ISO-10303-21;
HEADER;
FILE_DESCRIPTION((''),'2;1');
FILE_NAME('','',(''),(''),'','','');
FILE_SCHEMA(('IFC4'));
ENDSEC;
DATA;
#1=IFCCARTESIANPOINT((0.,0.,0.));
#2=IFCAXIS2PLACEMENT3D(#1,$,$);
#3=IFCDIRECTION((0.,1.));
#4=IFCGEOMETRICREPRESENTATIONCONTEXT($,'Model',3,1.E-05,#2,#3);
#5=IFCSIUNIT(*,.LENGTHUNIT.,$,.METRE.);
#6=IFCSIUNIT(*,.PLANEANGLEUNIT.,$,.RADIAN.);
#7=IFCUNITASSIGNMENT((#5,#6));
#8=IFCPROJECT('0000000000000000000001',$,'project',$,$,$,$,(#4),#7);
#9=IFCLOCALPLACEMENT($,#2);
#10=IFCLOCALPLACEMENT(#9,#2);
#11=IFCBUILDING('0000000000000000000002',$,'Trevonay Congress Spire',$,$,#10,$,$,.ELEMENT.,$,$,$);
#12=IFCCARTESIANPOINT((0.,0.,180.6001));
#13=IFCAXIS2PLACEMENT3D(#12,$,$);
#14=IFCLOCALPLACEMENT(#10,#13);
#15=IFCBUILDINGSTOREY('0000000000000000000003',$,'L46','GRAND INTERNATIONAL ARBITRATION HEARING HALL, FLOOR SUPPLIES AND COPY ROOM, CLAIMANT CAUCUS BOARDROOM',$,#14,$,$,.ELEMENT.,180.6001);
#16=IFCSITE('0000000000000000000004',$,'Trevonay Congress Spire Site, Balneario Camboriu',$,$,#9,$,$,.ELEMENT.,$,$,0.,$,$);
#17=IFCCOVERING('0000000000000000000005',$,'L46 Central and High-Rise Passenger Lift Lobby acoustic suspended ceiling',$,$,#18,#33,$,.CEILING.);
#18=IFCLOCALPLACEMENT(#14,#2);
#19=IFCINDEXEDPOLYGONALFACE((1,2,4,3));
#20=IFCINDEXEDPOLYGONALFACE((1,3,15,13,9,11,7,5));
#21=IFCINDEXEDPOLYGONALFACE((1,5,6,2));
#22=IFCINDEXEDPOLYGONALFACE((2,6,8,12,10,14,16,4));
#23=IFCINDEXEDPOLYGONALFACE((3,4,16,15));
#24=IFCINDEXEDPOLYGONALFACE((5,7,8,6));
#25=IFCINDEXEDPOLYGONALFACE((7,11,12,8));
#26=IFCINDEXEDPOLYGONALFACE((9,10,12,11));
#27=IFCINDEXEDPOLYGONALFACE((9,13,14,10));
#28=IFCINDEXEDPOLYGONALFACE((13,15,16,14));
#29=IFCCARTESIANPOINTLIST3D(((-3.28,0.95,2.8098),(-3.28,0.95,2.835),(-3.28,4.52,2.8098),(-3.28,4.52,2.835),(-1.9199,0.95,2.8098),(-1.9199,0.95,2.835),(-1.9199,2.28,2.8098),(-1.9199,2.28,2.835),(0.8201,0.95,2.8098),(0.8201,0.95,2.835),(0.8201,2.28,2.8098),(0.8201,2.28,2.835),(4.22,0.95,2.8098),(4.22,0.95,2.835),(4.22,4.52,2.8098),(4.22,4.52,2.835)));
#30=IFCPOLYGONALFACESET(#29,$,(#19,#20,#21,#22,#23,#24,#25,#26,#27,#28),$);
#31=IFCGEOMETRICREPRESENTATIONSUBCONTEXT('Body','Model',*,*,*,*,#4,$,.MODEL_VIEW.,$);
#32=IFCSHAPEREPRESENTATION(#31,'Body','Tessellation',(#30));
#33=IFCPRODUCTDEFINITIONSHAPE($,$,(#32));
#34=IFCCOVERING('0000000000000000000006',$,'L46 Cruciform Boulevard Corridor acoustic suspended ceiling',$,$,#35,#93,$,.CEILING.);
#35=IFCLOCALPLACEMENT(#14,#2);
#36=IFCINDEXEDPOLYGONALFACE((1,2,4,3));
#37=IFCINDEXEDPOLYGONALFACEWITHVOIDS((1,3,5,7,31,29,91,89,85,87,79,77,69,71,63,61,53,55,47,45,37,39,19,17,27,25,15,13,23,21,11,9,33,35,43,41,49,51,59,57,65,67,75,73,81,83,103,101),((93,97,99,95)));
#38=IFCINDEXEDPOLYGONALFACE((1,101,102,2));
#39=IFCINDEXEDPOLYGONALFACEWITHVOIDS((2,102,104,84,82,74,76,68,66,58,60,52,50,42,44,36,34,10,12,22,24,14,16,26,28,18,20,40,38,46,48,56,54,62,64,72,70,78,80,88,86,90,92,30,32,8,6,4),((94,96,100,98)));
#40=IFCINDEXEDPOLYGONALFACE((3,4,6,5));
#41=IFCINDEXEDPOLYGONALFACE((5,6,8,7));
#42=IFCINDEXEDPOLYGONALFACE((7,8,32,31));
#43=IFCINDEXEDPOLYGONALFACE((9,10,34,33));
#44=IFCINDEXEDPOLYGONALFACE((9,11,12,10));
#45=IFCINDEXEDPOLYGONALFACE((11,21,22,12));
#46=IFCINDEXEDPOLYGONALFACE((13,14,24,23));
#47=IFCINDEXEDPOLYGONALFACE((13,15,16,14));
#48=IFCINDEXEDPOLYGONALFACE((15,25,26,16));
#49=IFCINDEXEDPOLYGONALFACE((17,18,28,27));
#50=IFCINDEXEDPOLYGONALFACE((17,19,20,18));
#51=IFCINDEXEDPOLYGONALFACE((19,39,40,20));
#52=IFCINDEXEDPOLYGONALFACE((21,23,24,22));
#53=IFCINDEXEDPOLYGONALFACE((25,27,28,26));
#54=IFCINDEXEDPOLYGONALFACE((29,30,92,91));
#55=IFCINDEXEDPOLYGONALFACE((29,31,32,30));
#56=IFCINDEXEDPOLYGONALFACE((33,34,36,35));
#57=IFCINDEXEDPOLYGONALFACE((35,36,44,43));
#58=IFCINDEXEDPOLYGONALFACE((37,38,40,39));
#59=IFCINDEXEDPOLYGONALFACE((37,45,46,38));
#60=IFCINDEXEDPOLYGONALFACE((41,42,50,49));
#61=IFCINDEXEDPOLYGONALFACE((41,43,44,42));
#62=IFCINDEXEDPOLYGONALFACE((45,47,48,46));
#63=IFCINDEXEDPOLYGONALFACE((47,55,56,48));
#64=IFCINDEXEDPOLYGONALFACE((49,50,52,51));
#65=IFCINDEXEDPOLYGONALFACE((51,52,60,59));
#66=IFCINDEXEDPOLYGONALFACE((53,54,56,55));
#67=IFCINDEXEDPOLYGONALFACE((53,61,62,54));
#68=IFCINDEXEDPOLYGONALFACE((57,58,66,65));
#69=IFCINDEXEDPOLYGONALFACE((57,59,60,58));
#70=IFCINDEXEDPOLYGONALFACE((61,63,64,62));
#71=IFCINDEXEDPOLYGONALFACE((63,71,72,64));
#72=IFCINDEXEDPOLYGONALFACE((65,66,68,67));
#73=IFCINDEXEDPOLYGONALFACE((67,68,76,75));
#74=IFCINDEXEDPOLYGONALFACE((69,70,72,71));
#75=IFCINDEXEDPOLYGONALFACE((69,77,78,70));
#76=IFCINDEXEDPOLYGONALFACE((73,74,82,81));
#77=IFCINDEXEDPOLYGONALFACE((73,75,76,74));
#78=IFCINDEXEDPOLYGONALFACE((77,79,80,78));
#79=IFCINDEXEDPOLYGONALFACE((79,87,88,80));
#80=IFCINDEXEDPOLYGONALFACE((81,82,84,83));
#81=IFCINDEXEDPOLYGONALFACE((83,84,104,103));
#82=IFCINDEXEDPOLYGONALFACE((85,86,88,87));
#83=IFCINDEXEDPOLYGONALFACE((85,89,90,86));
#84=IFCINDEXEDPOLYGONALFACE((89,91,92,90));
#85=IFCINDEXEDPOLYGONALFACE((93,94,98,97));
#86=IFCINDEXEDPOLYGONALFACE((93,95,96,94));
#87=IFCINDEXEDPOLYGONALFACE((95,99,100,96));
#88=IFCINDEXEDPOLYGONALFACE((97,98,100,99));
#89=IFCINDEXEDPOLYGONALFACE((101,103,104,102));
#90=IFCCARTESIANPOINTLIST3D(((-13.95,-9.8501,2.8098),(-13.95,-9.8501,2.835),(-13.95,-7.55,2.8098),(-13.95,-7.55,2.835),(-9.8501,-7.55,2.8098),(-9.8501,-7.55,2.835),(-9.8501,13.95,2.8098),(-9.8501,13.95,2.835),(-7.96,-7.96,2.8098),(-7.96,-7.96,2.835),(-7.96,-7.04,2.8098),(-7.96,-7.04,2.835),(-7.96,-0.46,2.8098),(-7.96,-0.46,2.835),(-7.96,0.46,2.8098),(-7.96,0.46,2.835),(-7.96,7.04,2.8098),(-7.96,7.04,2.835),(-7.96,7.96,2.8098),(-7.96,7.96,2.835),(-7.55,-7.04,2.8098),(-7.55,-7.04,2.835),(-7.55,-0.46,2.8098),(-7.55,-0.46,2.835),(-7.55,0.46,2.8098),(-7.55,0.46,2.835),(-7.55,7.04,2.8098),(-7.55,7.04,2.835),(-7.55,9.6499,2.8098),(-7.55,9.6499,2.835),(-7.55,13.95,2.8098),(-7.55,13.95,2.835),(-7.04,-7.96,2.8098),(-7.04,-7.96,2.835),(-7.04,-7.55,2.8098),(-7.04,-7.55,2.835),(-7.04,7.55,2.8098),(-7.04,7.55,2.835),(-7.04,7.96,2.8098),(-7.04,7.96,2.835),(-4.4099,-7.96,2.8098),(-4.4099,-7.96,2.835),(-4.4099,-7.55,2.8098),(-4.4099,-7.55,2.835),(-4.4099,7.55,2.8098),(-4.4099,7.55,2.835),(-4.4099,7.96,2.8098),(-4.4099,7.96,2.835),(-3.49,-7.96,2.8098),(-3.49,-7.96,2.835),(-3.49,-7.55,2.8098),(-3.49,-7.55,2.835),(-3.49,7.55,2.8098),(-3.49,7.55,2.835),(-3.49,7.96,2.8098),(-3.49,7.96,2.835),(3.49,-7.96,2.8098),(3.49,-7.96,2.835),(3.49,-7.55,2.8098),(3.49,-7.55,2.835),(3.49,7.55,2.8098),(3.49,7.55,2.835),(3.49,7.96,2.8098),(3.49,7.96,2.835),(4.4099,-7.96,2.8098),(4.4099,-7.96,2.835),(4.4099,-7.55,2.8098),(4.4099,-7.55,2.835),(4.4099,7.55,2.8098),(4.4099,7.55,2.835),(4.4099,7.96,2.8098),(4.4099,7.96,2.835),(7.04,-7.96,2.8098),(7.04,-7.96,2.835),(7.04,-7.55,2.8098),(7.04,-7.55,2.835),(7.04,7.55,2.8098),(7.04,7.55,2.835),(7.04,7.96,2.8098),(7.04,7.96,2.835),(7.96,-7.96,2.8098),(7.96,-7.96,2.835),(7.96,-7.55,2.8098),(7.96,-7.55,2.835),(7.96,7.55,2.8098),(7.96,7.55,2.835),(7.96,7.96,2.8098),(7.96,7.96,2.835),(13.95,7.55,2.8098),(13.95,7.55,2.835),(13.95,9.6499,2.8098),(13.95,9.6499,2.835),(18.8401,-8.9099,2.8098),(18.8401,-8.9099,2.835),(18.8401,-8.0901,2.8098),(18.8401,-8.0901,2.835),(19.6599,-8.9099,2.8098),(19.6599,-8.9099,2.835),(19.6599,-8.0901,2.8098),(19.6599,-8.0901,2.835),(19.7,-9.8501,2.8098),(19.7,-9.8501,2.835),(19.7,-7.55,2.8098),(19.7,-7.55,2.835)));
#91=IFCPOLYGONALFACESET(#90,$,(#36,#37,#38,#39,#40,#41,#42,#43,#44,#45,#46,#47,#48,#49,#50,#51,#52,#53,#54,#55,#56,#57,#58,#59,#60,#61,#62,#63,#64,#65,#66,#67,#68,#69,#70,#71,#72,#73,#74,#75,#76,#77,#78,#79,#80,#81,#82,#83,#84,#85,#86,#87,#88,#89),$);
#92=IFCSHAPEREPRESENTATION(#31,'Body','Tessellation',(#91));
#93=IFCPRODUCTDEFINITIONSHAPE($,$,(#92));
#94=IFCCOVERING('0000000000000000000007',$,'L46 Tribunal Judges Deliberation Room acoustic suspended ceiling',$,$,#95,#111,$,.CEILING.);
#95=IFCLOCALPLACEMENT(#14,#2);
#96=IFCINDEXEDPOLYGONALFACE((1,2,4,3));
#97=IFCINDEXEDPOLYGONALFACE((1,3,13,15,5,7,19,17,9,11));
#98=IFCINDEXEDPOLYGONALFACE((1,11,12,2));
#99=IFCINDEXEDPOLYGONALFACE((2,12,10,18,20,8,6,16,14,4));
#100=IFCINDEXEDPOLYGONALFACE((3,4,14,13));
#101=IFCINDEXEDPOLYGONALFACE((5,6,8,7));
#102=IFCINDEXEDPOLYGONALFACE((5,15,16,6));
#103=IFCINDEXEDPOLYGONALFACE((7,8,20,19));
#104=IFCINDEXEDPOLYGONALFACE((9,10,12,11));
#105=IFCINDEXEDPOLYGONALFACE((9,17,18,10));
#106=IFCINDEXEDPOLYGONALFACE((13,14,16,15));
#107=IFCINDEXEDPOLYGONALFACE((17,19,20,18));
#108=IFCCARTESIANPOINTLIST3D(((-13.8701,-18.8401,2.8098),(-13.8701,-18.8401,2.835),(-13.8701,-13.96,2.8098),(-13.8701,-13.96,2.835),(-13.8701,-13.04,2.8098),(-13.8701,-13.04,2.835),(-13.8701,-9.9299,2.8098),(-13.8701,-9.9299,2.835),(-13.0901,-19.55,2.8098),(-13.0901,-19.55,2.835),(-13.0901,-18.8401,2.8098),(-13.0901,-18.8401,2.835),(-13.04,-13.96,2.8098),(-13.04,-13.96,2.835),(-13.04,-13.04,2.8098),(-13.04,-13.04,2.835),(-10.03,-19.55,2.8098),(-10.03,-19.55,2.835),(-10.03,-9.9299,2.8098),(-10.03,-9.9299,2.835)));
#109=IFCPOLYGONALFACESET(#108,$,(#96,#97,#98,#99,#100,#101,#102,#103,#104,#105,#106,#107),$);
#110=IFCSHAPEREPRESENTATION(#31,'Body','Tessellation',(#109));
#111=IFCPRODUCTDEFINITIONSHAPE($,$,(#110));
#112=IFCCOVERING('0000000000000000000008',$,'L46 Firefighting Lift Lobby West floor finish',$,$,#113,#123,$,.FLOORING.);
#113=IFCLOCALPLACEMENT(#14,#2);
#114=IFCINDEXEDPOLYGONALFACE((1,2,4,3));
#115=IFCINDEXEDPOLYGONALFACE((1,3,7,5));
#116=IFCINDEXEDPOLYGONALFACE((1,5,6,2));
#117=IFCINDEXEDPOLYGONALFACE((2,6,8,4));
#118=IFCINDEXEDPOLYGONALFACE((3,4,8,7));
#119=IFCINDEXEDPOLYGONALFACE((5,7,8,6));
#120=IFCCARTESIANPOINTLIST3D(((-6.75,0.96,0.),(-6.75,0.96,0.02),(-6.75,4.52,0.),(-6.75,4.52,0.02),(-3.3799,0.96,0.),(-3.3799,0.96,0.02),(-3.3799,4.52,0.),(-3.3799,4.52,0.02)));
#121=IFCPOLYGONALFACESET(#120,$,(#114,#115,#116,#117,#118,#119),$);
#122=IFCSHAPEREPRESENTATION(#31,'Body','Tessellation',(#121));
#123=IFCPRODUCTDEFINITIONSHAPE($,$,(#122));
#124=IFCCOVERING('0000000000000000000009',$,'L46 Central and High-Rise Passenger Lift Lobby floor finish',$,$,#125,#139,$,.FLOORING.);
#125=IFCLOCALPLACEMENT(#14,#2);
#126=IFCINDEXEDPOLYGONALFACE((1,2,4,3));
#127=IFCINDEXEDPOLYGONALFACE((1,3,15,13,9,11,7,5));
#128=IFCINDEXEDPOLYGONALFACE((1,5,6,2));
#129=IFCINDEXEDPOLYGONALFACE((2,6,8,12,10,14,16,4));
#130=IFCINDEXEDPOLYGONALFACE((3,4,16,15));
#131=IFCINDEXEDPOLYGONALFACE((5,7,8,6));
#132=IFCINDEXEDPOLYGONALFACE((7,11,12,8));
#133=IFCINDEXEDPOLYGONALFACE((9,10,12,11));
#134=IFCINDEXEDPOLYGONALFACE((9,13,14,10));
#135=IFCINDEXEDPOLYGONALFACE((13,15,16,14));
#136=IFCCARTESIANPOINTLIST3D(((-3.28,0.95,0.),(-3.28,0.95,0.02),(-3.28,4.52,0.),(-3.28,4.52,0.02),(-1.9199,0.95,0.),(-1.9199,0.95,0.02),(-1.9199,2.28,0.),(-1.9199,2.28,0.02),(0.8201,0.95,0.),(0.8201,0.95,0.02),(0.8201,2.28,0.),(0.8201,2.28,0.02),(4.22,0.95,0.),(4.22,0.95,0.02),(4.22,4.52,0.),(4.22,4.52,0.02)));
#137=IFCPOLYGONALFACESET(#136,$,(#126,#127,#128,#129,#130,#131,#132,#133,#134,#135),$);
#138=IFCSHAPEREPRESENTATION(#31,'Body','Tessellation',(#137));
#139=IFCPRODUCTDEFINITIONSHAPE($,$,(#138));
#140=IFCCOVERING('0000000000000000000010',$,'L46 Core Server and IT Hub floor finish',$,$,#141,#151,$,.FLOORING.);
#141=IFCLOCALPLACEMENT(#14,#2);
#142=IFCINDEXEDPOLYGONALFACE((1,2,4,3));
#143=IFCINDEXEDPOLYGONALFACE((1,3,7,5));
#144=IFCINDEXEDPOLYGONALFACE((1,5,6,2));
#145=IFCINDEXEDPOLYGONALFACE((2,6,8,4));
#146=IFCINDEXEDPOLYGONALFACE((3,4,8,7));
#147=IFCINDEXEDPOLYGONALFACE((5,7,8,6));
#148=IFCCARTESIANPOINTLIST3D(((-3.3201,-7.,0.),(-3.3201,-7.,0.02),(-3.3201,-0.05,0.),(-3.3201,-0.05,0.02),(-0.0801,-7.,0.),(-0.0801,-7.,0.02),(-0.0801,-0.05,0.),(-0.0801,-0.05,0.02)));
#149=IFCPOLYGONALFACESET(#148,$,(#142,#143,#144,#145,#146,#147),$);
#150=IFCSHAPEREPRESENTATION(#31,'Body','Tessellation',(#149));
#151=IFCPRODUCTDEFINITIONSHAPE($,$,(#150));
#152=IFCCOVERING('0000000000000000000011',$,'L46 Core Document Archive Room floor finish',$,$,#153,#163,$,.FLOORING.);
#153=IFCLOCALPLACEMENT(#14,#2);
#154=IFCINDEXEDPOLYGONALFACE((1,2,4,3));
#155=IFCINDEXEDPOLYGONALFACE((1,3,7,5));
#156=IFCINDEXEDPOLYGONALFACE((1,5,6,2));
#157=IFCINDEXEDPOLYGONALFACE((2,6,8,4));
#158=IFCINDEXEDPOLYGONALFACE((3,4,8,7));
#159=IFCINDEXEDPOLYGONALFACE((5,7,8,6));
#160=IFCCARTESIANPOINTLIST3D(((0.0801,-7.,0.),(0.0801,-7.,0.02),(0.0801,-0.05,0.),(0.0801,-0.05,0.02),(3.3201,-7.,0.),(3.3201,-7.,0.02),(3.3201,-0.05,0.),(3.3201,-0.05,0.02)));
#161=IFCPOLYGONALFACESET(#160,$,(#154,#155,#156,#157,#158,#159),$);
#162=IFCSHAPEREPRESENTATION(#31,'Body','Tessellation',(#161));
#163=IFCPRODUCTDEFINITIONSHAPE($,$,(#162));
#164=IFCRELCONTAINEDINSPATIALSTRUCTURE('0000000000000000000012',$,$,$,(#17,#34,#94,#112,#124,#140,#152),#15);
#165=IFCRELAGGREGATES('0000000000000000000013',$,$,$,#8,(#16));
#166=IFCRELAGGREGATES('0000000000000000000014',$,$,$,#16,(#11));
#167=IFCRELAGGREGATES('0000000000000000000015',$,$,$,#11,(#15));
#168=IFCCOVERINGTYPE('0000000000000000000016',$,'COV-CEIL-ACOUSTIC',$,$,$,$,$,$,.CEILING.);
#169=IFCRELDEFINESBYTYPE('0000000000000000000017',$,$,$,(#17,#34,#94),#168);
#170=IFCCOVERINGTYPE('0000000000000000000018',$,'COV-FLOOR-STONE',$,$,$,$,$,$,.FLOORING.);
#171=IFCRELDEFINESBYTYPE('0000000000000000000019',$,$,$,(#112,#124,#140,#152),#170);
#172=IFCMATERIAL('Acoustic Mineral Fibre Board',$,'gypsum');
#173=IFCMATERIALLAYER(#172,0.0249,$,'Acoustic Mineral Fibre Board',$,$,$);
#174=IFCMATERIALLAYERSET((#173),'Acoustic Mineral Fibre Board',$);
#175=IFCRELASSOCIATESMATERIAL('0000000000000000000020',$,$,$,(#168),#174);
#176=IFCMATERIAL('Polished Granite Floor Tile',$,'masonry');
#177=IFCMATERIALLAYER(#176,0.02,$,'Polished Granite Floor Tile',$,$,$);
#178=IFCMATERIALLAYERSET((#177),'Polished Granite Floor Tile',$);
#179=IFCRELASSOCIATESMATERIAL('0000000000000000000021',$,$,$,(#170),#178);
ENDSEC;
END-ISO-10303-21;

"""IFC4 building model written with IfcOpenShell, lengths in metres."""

from ifc_helpers import new_model, si_unit, direction, frame, origin, place, context, subcontext, project, spatial, polyline, outline, extrude, material, layer, layer_set, type_object, element, save


model = new_model("IFC4")

# Units and contexts
model_context = context("Model", 3, precision=1e-05, world=origin(), true_north=direction((0.0, 1.0)))
body_context = subcontext(model_context, "Body", "Model", "MODEL_VIEW")
ifc_project = project(units=[si_unit("LENGTHUNIT", "METRE"), si_unit("PLANEANGLEUNIT", "RADIAN")], contexts=[model_context])

# Site, building, storey
site_placement = place(None, origin())
site = spatial("IfcSite", under=ifc_project, at=site_placement, Name="Trevonay Congress Spire Site, Balneario Camboriu", CompositionType="ELEMENT", RefElevation=0.0)
building_placement = place(site_placement, origin())
building = spatial("IfcBuilding", under=site, at=building_placement, Name="Trevonay Congress Spire", CompositionType="ELEMENT")
storey_placement = place(building_placement, frame((0.0, 0.0, 180.6001)))
storey = spatial("IfcBuildingStorey", under=building, at=storey_placement, Name="L46", Description="GRAND INTERNATIONAL ARBITRATION HEARING HALL, FLOOR SUPPLIES AND COPY ROOM, CLAIMANT CAUCUS BOARDROOM", CompositionType="ELEMENT", Elevation=180.6001)

# Coverings
ifc_material_1 = material(Name="Acoustic Mineral Fibre Board", Category="gypsum")
ifc_layer_1 = layer(ifc_material_1, 0.0249, Name="Acoustic Mineral Fibre Board")
ifc_layer_set_1 = layer_set([ifc_layer_1], Name="Acoustic Mineral Fibre Board")
covering_type_1 = type_object("IfcCoveringType", Name="COV-CEIL-ACOUSTIC", PredefinedType="CEILING", material=ifc_layer_set_1)
covering_1_placement = place(storey_placement, frame((0.0, 0.0, 2.8098)))
element("IfcCovering", 1, at=covering_1_placement, inside=storey, type_object=covering_type_1, Name="L46 Central and High-Rise Passenger Lift Lobby acoustic suspended ceiling", PredefinedType="CEILING", context=body_context, shape_type="SweptSolid", body=[
    extrude(outline(polyline([(-3.28, 0.95), (-1.9199, 0.95), (-1.9199, 2.28), (0.8201, 2.28), (0.8201, 0.95), (4.22, 0.95), (4.22, 4.52), (-3.28, 4.52), (-3.28, 0.95)])), origin(), (0.0, 0.0, 1.0), 0.0251),
])
covering_2_placement = place(storey_placement, frame((0.0, 0.0, 2.8098)))
element("IfcCovering", 2, at=covering_2_placement, inside=storey, type_object=covering_type_1, Name="L46 Cruciform Boulevard Corridor acoustic suspended ceiling", PredefinedType="CEILING", context=body_context, shape_type="SweptSolid", body=[
    extrude(outline(polyline([(19.7, -7.55), (19.7, -9.8501), (-13.95, -9.8501), (-13.95, -7.55), (-9.8501, -7.55), (-9.8501, 13.95), (-7.55, 13.95), (-7.55, 9.6499), (13.95, 9.6499), (13.95, 7.55), (7.96, 7.55), (7.96, 7.96), (7.04, 7.96), (7.04, 7.55), (4.4099, 7.55), (4.4099, 7.96), (3.49, 7.96), (3.49, 7.55), (-3.49, 7.55), (-3.49, 7.96), (-4.4099, 7.96), (-4.4099, 7.55), (-7.04, 7.55), (-7.04, 7.96), (-7.96, 7.96), (-7.96, 7.04), (-7.55, 7.04), (-7.55, 0.46), (-7.96, 0.46), (-7.96, -0.46), (-7.55, -0.46), (-7.55, -7.04), (-7.96, -7.04), (-7.96, -7.96), (-7.04, -7.96), (-7.04, -7.55), (-4.4099, -7.55), (-4.4099, -7.96), (-3.49, -7.96), (-3.49, -7.55), (3.49, -7.55), (3.49, -7.96), (4.4099, -7.96), (4.4099, -7.55), (7.04, -7.55), (7.04, -7.96), (7.96, -7.96), (7.96, -7.55), (19.7, -7.55)]), holes=[polyline([(19.6599, -8.0901), (18.8401, -8.0901), (18.8401, -8.9099), (19.6599, -8.9099), (19.6599, -8.0901)])]), origin(), (0.0, 0.0, 1.0), 0.0251),
])
covering_3_placement = place(storey_placement, frame((0.0, 0.0, 2.8098)))
element("IfcCovering", 3, at=covering_3_placement, inside=storey, type_object=covering_type_1, Name="L46 Tribunal Judges Deliberation Room acoustic suspended ceiling", PredefinedType="CEILING", context=body_context, shape_type="SweptSolid", body=[
    extrude(outline(polyline([(-13.8701, -9.9299), (-10.03, -9.9299), (-10.03, -19.55), (-13.0901, -19.55), (-13.0901, -18.8401), (-13.8701, -18.8401), (-13.8701, -13.96), (-13.04, -13.96), (-13.04, -13.04), (-13.8701, -13.04), (-13.8701, -9.9299)])), origin(), (0.0, 0.0, 1.0), 0.0251),
])
ifc_material_2 = material(Name="Polished Granite Floor Tile", Category="masonry")
ifc_layer_2 = layer(ifc_material_2, 0.02, Name="Polished Granite Floor Tile")
ifc_layer_set_2 = layer_set([ifc_layer_2], Name="Polished Granite Floor Tile")
covering_type_2 = type_object("IfcCoveringType", Name="COV-FLOOR-STONE", PredefinedType="FLOORING", material=ifc_layer_set_2)
covering_4_placement = place(storey_placement, origin())
element("IfcCovering", 4, at=covering_4_placement, inside=storey, type_object=covering_type_2, Name="L46 Firefighting Lift Lobby West floor finish", PredefinedType="FLOORING", context=body_context, shape_type="SweptSolid", body=[
    extrude(outline(polyline([(-6.75, 0.96), (-3.3799, 0.96), (-3.3799, 4.52), (-6.75, 4.52), (-6.75, 0.96)])), origin(), (0.0, 0.0, 1.0), 0.02),
])
covering_5_placement = place(storey_placement, origin())
element("IfcCovering", 5, at=covering_5_placement, inside=storey, type_object=covering_type_2, Name="L46 Central and High-Rise Passenger Lift Lobby floor finish", PredefinedType="FLOORING", context=body_context, shape_type="SweptSolid", body=[
    extrude(outline(polyline([(-3.28, 0.95), (-1.9199, 0.95), (-1.9199, 2.28), (0.8201, 2.28), (0.8201, 0.95), (4.22, 0.95), (4.22, 4.52), (-3.28, 4.52), (-3.28, 0.95)])), origin(), (0.0, 0.0, 1.0), 0.02),
])
covering_6_placement = place(storey_placement, origin())
element("IfcCovering", 6, at=covering_6_placement, inside=storey, type_object=covering_type_2, Name="L46 Core Server and IT Hub floor finish", PredefinedType="FLOORING", context=body_context, shape_type="SweptSolid", body=[
    extrude(outline(polyline([(-3.3201, -7.0), (-0.0801, -7.0), (-0.0801, -0.05), (-3.3201, -0.05), (-3.3201, -7.0)])), origin(), (0.0, 0.0, 1.0), 0.02),
])
covering_7_placement = place(storey_placement, origin())
element("IfcCovering", 7, at=covering_7_placement, inside=storey, type_object=covering_type_2, Name="L46 Core Document Archive Room floor finish", PredefinedType="FLOORING", context=body_context, shape_type="SweptSolid", body=[
    extrude(outline(polyline([(0.0801, -7.0), (3.3201, -7.0), (3.3201, -0.05), (0.0801, -0.05), (0.0801, -7.0)])), origin(), (0.0, 0.0, 1.0), 0.02),
])

save(model, "model.ifc")
